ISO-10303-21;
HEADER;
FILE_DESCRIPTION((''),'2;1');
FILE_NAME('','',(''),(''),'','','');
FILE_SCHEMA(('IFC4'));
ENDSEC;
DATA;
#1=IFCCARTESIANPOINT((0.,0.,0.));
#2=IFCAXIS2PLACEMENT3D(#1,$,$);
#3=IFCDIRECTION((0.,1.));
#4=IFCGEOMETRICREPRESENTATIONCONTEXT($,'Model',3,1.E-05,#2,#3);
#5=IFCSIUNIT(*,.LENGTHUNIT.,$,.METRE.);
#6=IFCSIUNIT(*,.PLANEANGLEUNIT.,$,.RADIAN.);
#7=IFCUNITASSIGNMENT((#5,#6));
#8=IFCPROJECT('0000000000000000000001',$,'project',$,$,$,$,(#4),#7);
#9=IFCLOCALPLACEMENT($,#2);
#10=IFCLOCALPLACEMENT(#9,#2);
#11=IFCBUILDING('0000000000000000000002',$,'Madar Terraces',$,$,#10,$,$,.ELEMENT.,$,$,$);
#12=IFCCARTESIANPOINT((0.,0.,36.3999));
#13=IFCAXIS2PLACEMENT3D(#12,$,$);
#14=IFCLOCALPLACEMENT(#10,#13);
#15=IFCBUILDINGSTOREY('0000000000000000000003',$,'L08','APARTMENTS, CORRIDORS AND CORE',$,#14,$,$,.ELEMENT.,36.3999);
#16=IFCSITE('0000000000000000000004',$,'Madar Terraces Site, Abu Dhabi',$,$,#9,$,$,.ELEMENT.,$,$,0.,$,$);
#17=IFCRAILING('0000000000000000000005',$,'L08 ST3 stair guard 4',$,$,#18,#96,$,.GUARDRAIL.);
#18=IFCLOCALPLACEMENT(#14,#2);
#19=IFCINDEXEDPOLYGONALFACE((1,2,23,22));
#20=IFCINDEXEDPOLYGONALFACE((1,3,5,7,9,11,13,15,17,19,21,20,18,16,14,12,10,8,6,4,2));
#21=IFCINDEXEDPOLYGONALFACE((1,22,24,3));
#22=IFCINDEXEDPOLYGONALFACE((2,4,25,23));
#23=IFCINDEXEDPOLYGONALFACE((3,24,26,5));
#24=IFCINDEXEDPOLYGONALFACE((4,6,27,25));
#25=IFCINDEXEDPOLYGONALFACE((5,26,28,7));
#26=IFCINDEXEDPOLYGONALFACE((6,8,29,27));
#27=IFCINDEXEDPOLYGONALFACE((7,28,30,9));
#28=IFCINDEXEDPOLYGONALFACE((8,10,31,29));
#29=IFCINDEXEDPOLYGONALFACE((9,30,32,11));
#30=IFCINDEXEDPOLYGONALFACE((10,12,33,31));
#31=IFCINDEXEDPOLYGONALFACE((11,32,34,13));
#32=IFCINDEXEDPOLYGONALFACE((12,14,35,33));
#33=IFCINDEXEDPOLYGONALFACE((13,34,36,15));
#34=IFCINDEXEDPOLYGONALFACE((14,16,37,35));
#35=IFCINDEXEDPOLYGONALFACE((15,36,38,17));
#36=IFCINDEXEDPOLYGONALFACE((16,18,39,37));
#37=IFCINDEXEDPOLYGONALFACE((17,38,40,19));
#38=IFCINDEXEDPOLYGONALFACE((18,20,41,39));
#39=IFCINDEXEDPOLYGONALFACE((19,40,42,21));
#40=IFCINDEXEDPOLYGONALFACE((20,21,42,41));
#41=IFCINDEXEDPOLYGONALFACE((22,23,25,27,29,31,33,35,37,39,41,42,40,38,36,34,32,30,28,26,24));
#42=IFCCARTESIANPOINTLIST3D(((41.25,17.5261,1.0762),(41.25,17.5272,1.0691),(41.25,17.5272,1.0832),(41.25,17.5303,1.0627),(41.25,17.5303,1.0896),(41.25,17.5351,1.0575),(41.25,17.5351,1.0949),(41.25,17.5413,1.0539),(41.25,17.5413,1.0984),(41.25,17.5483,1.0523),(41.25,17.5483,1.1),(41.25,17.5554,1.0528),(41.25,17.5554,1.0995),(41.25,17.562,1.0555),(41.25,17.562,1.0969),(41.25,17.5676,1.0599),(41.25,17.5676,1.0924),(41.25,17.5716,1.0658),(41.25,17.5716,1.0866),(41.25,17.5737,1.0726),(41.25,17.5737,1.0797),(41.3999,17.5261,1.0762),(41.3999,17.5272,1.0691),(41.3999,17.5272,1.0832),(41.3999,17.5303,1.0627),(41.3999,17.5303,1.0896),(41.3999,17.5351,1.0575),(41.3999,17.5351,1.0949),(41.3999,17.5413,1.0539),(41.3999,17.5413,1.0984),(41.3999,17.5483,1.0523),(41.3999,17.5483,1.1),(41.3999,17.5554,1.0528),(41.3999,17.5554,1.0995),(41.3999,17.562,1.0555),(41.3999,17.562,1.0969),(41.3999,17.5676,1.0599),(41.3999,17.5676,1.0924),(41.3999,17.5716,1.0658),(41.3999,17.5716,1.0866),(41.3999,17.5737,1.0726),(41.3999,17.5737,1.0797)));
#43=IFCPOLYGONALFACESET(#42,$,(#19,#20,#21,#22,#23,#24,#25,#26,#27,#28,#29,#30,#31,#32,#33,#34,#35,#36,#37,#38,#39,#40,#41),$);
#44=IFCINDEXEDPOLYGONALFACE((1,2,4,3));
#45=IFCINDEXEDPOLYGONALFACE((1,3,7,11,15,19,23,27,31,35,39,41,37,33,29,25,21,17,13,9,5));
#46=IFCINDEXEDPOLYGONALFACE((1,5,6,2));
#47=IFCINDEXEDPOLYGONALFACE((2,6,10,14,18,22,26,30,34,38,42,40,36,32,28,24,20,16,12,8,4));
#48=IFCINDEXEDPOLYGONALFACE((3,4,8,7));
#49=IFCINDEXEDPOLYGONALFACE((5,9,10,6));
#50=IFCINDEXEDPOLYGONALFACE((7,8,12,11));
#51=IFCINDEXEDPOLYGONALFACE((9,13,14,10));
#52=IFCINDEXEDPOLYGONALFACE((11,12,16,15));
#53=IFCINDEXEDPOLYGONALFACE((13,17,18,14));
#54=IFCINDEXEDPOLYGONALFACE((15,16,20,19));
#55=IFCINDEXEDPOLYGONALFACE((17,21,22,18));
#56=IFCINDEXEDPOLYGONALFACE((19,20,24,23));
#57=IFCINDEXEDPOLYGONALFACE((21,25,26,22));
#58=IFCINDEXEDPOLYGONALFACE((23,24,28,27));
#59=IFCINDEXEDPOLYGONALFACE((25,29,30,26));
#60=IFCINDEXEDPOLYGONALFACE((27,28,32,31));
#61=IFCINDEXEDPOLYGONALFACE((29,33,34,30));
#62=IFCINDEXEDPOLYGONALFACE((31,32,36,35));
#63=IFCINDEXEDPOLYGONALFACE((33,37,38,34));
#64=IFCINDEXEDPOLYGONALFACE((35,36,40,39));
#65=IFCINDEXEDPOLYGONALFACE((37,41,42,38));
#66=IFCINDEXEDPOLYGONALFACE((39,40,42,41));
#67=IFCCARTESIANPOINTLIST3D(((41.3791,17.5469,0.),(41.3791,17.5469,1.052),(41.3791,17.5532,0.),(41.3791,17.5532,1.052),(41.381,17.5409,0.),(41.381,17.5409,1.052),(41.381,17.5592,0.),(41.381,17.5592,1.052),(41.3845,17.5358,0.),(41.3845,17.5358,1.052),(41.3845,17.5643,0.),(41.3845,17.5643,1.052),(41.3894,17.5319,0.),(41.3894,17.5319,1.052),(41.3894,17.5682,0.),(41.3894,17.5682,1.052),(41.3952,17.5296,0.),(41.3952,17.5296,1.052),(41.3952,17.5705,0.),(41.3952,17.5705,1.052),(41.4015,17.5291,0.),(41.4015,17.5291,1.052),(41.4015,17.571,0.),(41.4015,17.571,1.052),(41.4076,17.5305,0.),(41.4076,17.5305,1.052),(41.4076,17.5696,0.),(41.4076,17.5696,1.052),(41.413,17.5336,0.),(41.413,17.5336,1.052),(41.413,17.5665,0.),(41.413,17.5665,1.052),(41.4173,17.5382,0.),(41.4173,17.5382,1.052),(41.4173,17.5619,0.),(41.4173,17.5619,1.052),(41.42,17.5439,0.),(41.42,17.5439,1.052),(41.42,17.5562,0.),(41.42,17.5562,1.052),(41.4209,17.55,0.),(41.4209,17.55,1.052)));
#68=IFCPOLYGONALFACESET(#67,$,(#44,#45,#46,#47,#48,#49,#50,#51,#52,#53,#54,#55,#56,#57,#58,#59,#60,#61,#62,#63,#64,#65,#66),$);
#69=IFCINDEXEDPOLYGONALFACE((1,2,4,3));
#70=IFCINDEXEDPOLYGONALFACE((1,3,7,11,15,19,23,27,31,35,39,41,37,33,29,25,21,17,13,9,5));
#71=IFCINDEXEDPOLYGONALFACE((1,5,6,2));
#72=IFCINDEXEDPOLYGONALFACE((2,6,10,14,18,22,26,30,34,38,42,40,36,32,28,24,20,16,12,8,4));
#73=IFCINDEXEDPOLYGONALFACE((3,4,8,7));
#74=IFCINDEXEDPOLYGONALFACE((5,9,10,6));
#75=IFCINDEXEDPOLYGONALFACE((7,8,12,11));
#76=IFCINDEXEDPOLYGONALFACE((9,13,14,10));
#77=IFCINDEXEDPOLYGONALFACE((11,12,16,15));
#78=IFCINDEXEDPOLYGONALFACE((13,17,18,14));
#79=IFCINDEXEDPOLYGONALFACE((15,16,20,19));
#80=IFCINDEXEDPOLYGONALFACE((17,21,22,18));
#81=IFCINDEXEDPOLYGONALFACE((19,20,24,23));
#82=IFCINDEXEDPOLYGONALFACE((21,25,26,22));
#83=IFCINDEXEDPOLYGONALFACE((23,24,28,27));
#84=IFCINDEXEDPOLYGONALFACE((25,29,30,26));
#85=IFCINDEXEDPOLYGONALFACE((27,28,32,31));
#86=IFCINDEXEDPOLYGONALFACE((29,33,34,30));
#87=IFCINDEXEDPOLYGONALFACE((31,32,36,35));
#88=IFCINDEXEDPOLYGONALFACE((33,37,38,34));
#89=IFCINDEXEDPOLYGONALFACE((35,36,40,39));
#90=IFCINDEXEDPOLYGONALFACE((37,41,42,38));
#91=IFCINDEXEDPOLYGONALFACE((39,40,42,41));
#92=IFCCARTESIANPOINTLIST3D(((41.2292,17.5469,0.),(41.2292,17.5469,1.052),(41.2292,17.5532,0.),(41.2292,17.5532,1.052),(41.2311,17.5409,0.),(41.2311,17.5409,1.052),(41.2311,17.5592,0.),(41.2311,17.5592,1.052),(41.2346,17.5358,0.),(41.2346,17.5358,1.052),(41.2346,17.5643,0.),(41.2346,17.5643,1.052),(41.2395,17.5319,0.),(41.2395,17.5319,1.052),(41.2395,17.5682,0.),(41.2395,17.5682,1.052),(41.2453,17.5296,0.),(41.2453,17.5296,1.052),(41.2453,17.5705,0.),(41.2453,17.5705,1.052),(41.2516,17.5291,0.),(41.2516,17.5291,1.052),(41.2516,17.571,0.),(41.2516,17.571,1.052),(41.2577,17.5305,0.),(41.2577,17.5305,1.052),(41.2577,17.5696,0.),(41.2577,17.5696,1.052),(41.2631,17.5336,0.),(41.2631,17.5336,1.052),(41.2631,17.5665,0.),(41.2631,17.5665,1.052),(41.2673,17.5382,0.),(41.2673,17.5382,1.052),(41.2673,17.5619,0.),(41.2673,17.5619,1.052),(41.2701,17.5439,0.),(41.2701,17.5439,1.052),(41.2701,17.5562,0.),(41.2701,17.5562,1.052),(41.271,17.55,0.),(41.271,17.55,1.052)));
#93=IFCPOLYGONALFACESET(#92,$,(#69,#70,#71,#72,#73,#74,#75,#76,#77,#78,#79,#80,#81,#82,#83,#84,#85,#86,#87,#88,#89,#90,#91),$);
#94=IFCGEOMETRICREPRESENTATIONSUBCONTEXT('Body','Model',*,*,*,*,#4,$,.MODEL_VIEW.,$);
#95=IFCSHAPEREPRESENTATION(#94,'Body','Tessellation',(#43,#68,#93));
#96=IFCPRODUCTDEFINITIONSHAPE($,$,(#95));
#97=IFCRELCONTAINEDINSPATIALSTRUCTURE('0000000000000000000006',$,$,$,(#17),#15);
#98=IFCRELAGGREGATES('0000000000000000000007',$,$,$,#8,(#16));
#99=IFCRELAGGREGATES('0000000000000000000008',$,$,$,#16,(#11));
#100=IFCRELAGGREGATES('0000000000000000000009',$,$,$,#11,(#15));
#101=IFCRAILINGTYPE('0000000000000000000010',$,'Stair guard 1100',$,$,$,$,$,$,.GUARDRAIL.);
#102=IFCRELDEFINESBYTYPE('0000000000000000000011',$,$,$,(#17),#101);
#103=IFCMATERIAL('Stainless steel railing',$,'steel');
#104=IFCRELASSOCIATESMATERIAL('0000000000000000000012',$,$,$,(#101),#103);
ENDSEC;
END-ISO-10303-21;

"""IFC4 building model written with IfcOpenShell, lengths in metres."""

from ifc_helpers import new_model, si_unit, direction, frame, origin, origin_2d, place, context, subcontext, project, spatial, circle, extrude, material, type_object, element, save


model = new_model("IFC4")

# Units and contexts
model_context = context("Model", 3, precision=1e-05, world=origin(), true_north=direction((0.0, 1.0)))
body_context = subcontext(model_context, "Body", "Model", "MODEL_VIEW")
ifc_project = project(units=[si_unit("LENGTHUNIT", "METRE"), si_unit("PLANEANGLEUNIT", "RADIAN")], contexts=[model_context])

# Site, building, storey
site_placement = place(None, origin())
site = spatial("IfcSite", under=ifc_project, at=site_placement, Name="Madar Terraces Site, Abu Dhabi", CompositionType="ELEMENT", RefElevation=0.0)
building_placement = place(site_placement, origin())
building = spatial("IfcBuilding", under=site, at=building_placement, Name="Madar Terraces", CompositionType="ELEMENT")
storey_placement = place(building_placement, frame((0.0, 0.0, 36.3999)))
storey = spatial("IfcBuildingStorey", under=building, at=storey_placement, Name="L08", Description="APARTMENTS, CORRIDORS AND CORE", CompositionType="ELEMENT", Elevation=36.3999)

# Railing
ifc_material_1 = material(Name="Stainless steel railing", Category="steel")
railing_type_1 = type_object("IfcRailingType", Name="Stair guard 1100", PredefinedType="GUARDRAIL", material=ifc_material_1)
railing_1_placement = place(storey_placement, frame((41.3999, 17.55, 0.0)))
element("IfcRailing", 1, at=railing_1_placement, inside=storey, type_object=railing_type_1, Name="L08 ST3 stair guard 4", PredefinedType="GUARDRAIL", context=body_context, shape_type="SweptSolid", body=[
    extrude(circle(Radius=0.0239, at=origin_2d()), frame((0.0, 0.0, 1.0762), z_axis=(-1.0, 0.0, 0.0), x_axis=(0.0, -1.0, 0.0)), (0.0, 0.0, 1.0), 0.1499),
    extrude(circle(Radius=0.021, at=origin_2d()), origin(), (0.0, 0.0, 1.0), 1.052),
    extrude(circle(Radius=0.021, at=origin_2d()), frame((-0.1499, 0.0, 0.0)), (0.0, 0.0, 1.0), 1.052),
])

save(model, "model.ifc")
